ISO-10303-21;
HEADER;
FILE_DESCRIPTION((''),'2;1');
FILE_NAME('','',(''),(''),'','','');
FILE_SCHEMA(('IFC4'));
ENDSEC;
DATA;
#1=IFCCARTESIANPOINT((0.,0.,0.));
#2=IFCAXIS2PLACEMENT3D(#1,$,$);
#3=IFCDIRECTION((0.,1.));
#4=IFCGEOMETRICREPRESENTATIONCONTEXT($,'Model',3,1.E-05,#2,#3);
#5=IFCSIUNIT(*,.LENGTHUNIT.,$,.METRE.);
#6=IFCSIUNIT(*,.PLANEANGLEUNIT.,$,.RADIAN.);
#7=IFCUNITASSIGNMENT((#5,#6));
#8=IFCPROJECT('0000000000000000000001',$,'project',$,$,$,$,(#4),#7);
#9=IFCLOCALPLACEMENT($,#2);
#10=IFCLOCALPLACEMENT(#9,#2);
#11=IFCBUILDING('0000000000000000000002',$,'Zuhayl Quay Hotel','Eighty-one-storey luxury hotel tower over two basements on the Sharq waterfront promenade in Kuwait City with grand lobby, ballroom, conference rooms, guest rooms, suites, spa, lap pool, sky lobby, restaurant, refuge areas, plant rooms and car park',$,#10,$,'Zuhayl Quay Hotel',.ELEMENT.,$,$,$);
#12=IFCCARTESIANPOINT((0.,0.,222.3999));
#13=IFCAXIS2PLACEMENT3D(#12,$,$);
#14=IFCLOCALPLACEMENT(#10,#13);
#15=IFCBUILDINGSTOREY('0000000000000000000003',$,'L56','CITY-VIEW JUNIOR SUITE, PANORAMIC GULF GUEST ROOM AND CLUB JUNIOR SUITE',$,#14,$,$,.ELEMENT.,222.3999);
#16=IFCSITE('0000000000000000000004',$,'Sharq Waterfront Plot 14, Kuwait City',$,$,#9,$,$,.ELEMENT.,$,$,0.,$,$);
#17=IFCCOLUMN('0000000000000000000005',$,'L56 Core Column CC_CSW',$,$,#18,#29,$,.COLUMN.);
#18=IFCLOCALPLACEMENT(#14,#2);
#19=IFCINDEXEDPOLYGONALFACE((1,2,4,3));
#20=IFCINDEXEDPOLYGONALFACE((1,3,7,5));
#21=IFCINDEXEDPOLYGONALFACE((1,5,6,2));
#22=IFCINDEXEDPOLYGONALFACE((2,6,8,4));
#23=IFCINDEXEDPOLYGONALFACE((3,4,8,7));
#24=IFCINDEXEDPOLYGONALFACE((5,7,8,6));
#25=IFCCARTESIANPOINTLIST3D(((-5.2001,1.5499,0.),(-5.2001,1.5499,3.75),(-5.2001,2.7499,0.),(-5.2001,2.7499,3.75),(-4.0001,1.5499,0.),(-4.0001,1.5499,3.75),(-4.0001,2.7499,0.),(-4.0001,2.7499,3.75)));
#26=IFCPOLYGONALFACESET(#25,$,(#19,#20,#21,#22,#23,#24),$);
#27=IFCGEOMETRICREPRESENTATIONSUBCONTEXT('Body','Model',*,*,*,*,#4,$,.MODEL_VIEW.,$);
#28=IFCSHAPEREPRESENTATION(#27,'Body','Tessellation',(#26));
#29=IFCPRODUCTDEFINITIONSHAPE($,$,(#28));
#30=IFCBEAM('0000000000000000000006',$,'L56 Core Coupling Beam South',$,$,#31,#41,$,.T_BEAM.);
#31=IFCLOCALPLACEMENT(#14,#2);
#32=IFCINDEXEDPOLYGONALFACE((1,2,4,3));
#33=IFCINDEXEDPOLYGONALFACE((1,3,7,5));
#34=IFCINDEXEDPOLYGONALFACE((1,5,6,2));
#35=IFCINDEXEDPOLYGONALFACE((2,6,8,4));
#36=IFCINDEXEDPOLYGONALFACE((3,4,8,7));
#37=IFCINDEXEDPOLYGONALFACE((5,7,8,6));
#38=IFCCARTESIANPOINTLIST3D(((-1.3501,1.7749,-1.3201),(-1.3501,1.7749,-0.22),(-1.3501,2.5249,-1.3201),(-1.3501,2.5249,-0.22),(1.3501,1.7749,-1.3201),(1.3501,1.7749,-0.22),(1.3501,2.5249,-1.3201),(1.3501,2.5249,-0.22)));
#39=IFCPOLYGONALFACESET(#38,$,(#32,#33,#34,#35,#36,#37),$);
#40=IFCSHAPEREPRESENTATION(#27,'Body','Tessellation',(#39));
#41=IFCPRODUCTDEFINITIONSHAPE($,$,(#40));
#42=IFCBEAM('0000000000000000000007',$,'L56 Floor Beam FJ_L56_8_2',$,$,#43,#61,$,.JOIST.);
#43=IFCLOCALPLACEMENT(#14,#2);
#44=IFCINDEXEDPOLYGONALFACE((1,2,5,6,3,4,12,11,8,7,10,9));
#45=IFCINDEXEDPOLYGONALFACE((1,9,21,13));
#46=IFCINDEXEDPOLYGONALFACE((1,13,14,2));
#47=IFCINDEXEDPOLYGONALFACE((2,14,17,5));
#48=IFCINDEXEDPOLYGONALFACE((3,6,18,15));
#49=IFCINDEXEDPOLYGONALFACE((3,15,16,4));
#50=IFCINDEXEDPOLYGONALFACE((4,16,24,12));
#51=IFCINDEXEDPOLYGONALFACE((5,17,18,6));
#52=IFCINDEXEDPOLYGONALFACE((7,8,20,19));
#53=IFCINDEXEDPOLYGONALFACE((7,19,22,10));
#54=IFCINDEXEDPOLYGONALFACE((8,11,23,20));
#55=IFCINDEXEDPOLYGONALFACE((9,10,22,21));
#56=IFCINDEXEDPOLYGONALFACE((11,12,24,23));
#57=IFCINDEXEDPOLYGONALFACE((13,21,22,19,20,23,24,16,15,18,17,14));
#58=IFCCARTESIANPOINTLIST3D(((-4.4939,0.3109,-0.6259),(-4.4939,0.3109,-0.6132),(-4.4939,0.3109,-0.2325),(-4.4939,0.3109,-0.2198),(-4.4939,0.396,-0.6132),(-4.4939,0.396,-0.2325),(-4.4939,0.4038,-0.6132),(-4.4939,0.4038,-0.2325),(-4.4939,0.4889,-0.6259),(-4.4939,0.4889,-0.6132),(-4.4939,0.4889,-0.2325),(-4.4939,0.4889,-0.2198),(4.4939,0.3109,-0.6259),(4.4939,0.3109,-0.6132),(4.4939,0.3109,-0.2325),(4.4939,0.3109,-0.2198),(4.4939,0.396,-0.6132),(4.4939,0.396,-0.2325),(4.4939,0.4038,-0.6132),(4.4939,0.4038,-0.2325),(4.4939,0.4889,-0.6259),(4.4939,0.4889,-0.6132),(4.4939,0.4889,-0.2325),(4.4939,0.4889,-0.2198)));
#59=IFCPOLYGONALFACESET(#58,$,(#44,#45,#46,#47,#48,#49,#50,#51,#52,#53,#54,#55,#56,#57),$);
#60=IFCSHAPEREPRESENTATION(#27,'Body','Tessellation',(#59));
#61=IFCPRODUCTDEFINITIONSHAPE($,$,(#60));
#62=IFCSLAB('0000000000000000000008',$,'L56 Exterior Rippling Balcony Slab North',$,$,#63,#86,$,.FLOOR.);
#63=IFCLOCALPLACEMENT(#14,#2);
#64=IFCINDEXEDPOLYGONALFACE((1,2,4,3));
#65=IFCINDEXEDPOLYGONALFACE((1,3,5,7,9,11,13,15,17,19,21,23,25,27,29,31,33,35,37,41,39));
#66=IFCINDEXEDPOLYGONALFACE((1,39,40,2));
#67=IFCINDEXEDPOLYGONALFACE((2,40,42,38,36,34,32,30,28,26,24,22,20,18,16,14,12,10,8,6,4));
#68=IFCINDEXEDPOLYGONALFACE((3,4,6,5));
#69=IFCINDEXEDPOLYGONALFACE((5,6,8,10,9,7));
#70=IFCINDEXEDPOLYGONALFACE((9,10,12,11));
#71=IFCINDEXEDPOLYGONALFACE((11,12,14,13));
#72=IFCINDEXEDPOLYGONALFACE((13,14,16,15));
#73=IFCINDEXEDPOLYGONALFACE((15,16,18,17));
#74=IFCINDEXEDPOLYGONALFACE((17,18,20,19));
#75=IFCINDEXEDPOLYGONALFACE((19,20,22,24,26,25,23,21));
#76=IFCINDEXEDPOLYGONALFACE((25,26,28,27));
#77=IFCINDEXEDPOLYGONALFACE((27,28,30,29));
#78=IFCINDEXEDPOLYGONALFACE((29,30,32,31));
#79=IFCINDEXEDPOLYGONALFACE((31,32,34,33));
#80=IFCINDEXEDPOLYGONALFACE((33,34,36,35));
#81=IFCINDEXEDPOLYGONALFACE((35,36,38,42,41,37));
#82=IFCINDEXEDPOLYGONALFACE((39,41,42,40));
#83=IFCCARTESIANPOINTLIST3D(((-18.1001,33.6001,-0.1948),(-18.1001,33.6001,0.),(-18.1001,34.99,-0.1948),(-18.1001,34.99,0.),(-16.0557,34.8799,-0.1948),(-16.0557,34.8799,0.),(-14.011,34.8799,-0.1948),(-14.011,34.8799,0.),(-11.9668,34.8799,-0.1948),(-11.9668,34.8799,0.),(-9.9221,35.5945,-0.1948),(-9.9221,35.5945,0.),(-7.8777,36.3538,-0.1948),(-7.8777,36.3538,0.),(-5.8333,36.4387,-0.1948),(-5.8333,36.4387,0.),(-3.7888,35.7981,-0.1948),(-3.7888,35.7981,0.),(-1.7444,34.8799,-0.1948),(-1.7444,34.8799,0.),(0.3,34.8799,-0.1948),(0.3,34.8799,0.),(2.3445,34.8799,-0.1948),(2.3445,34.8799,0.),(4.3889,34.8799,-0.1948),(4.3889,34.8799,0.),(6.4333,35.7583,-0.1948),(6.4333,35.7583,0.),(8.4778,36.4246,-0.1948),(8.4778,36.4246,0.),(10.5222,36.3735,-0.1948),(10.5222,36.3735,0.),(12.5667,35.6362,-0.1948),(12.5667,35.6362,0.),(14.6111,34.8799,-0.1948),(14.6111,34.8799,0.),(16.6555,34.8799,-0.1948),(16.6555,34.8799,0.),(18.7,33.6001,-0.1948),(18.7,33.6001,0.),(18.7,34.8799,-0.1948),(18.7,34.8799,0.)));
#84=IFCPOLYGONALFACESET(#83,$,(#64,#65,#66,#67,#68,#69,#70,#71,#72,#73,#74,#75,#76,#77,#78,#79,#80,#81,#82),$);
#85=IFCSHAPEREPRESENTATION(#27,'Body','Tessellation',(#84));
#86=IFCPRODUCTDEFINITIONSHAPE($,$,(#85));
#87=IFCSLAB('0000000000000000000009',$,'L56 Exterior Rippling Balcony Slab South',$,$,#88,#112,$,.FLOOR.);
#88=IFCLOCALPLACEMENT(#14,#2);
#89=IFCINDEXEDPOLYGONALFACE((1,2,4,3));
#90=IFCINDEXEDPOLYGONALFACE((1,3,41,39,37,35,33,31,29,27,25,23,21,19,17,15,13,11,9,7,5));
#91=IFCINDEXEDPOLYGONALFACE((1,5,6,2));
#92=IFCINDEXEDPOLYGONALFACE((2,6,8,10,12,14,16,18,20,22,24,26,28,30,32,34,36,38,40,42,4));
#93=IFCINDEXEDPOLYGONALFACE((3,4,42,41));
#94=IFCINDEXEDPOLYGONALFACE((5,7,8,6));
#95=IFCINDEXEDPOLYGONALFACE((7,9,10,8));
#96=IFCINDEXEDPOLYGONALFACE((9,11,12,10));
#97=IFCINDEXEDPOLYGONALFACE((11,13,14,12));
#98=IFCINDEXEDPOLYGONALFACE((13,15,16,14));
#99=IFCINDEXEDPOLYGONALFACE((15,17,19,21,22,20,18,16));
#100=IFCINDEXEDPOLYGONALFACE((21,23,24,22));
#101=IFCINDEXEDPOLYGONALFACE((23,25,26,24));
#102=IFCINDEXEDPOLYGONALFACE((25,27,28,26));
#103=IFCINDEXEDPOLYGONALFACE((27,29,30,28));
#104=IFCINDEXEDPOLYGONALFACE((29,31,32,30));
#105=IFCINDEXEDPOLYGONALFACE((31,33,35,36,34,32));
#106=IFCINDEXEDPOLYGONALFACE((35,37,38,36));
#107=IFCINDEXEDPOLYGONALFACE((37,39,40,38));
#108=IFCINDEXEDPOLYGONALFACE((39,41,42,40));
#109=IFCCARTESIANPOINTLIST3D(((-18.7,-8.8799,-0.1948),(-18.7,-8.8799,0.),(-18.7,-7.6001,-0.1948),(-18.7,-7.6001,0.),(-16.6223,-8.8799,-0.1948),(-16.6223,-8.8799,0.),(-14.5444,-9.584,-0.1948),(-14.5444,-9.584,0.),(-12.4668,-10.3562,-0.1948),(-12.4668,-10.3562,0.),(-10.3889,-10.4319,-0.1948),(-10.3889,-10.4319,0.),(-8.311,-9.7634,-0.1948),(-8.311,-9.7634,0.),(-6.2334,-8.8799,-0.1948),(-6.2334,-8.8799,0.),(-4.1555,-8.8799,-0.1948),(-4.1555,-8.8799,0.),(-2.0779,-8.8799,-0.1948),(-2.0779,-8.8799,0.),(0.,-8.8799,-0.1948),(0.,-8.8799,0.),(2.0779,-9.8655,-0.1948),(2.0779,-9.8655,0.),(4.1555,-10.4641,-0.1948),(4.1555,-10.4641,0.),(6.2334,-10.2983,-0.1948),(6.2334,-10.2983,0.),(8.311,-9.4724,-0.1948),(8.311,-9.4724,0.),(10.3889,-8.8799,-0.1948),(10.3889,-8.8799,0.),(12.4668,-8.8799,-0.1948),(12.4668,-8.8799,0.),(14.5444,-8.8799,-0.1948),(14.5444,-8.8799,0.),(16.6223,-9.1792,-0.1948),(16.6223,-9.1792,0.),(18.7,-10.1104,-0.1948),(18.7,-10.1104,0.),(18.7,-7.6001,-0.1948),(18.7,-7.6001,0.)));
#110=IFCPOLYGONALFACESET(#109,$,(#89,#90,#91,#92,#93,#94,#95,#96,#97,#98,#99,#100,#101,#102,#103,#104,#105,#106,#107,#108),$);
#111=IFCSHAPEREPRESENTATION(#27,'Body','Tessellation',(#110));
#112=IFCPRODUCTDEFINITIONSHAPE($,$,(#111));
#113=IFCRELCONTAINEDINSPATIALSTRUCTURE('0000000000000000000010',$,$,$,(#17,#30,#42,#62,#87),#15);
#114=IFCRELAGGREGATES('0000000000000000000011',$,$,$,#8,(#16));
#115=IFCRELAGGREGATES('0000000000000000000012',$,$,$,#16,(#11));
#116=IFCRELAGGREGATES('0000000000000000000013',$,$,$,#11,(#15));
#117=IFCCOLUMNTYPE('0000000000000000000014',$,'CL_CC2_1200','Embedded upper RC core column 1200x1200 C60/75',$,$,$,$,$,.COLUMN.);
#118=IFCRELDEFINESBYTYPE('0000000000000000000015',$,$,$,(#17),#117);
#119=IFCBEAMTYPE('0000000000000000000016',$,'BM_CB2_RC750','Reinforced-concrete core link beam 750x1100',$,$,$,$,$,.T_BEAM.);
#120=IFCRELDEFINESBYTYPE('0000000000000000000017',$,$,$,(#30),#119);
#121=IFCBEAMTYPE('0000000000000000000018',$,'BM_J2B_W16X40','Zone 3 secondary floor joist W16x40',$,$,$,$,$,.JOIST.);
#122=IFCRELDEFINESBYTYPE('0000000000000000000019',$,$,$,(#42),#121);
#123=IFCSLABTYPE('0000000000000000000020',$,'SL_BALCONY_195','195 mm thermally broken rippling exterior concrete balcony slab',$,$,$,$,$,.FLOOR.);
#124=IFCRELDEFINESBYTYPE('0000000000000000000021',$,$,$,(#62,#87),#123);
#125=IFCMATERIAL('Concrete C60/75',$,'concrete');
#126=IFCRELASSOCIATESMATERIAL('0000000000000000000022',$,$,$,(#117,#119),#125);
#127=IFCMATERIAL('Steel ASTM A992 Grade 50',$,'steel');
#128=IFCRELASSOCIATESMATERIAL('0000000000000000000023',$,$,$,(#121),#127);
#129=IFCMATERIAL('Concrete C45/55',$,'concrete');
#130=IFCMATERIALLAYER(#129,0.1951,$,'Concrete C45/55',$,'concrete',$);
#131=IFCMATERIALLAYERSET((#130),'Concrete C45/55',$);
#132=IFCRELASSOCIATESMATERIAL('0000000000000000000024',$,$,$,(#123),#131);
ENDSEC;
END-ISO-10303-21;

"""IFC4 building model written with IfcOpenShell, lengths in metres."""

from ifc_helpers import new_model, si_unit, direction, frame, origin, origin_2d, place, context, subcontext, project, spatial, polyline, rectangle, i_section, outline, extrude, material, layer, layer_set, material_profile, profile_set, type_object, element, save


model = new_model("IFC4")

# Units and contexts
model_context = context("Model", 3, precision=1e-05, world=origin(), true_north=direction((0.0, 1.0)))
body_context = subcontext(model_context, "Body", "Model", "MODEL_VIEW")
ifc_project = project(units=[si_unit("LENGTHUNIT", "METRE"), si_unit("PLANEANGLEUNIT", "RADIAN")], contexts=[model_context])

# Site, building, storey
site_placement = place(None, origin())
site = spatial("IfcSite", under=ifc_project, at=site_placement, Name="Sharq Waterfront Plot 14, Kuwait City", CompositionType="ELEMENT", RefElevation=0.0)
building_placement = place(site_placement, origin())
building = spatial("IfcBuilding", under=site, at=building_placement, Name="Zuhayl Quay Hotel", Description="Eighty-one-storey luxury hotel tower over two basements on the Sharq waterfront promenade in Kuwait City with grand lobby, ballroom, conference rooms, guest rooms, suites, spa, lap pool, sky lobby, restaurant, refuge areas, plant rooms and car park", LongName="Zuhayl Quay Hotel", CompositionType="ELEMENT")
storey_placement = place(building_placement, frame((0.0, 0.0, 222.3999)))
storey = spatial("IfcBuildingStorey", under=building, at=storey_placement, Name="L56", Description="CITY-VIEW JUNIOR SUITE, PANORAMIC GULF GUEST ROOM AND CLUB JUNIOR SUITE", CompositionType="ELEMENT", Elevation=222.3999)

# Column
ifc_material_1 = material(Name="Concrete C60/75", Category="concrete")
ifc_material_profile_1 = material_profile(ifc_material_1, rectangle(XDim=1.2, YDim=1.2, at=origin_2d()), Name="RC1200X1200")
ifc_profile_set_1 = profile_set([ifc_material_profile_1], Name="Concrete C60/75")
column_type = type_object("IfcColumnType", Name="CL_CC2_1200", Description="Embedded upper RC core column 1200x1200 C60/75", PredefinedType="COLUMN", material=ifc_profile_set_1)
column_placement = place(storey_placement, frame((-4.6001, 2.1499, 0.0), z_axis=(0.0, 0.0, 1.0), x_axis=(1.0, 0.0, 0.0)))
element("IfcColumn", 1, at=column_placement, inside=storey, type_object=column_type, Name="L56 Core Column CC_CSW", PredefinedType="COLUMN", context=body_context, shape_type="SweptSolid", body=[
    extrude(rectangle(XDim=1.2, YDim=1.2, at=origin_2d()), origin(), (0.0, 0.0, 1.0), 3.75),
])

# Beams
ifc_material_profile_2 = material_profile(ifc_material_1, rectangle(XDim=0.75, YDim=1.1001, at=origin_2d()), Name="RC750X1100")
ifc_profile_set_2 = profile_set([ifc_material_profile_2], Name="Concrete C60/75")
beam_type_1 = type_object("IfcBeamType", Name="BM_CB2_RC750", Description="Reinforced-concrete core link beam 750x1100", PredefinedType="T_BEAM", material=ifc_profile_set_2)
beam_1_placement = place(storey_placement, frame((-1.3501, 2.1499, -0.77), z_axis=(1.0, 0.0, 0.0), x_axis=(0.0, 1.0, 0.0)))
element("IfcBeam", 2, at=beam_1_placement, inside=storey, type_object=beam_type_1, Name="L56 Core Coupling Beam South", PredefinedType="T_BEAM", context=body_context, shape_type="SweptSolid", body=[
    extrude(rectangle(XDim=0.75, YDim=1.1001, at=origin_2d()), origin(), (0.0, 0.0, 1.0), 2.7002),
])
ifc_material_2 = material(Name="Steel ASTM A992 Grade 50", Category="steel")
ifc_material_profile_3 = material_profile(ifc_material_2, i_section(OverallWidth=0.178, OverallDepth=0.406, WebThickness=0.0078, FlangeThickness=0.0127, at=origin_2d()), Name="W16X40")
ifc_profile_set_3 = profile_set([ifc_material_profile_3], Name="Steel ASTM A992 Grade 50")
beam_type_2 = type_object("IfcBeamType", Name="BM_J2B_W16X40", Description="Zone 3 secondary floor joist W16x40", PredefinedType="JOIST", material=ifc_profile_set_3)
beam_2_placement = place(storey_placement, frame((-4.4939, 0.3999, -0.4229), z_axis=(1.0, 0.0, 0.0), x_axis=(0.0, 1.0, 0.0)))
element("IfcBeam", 3, at=beam_2_placement, inside=storey, type_object=beam_type_2, Name="L56 Floor Beam FJ_L56_8_2", PredefinedType="JOIST", context=body_context, shape_type="SweptSolid", body=[
    extrude(i_section(OverallWidth=0.178, OverallDepth=0.406, WebThickness=0.0078, FlangeThickness=0.0127, at=origin_2d()), origin(), (0.0, 0.0, 1.0), 8.9878),
])

# Slabs
ifc_material_3 = material(Name="Concrete C45/55", Category="concrete")
ifc_layer_1 = layer(ifc_material_3, 0.1951, Name="Concrete C45/55", Category="concrete")
ifc_layer_set_1 = layer_set([ifc_layer_1], Name="Concrete C45/55")
slab_type_1 = type_object("IfcSlabType", Name="SL_BALCONY_195", Description="195 mm thermally broken rippling exterior concrete balcony slab", PredefinedType="FLOOR", material=ifc_layer_set_1)
slab_1_placement = place(storey_placement, frame((0.0, 0.0, -0.1948)))
element("IfcSlab", 4, at=slab_1_placement, inside=storey, type_object=slab_type_1, Name="L56 Exterior Rippling Balcony Slab North", PredefinedType="FLOOR", context=body_context, shape_type="SweptSolid", body=[
    extrude(outline(polyline([(-18.1001, 33.6001), (18.7, 33.6001), (18.7, 34.8799), (16.6555, 34.8799), (14.6111, 34.8799), (12.5667, 35.6362), (10.5222, 36.3735), (8.4778, 36.4246), (6.4333, 35.7583), (4.3889, 34.8799), (2.3445, 34.8799), (0.3, 34.8799), (-1.7444, 34.8799), (-3.7888, 35.7981), (-5.8333, 36.4387), (-7.8777, 36.3538), (-9.9221, 35.5945), (-11.9668, 34.8799), (-14.011, 34.8799), (-16.0557, 34.8799), (-18.1001, 34.99), (-18.1001, 33.6001)])), origin(), (0.0, 0.0, 1.0), 0.1948),
])
slab_2_placement = place(storey_placement, frame((0.0, 0.0, -0.1948)))
element("IfcSlab", 5, at=slab_2_placement, inside=storey, type_object=slab_type_1, Name="L56 Exterior Rippling Balcony Slab South", PredefinedType="FLOOR", context=body_context, shape_type="SweptSolid", body=[
    extrude(outline(polyline([(-18.7, -8.8799), (-16.6223, -8.8799), (-14.5444, -9.584), (-12.4668, -10.3562), (-10.3889, -10.4319), (-8.311, -9.7634), (-6.2334, -8.8799), (-4.1555, -8.8799), (-2.0779, -8.8799), (0.0, -8.8799), (2.0779, -9.8655), (4.1555, -10.4641), (6.2334, -10.2983), (8.311, -9.4724), (10.3889, -8.8799), (12.4668, -8.8799), (14.5444, -8.8799), (16.6223, -9.1792), (18.7, -10.1104), (18.7, -7.6001), (-18.7, -7.6001), (-18.7, -8.8799)])), origin(), (0.0, 0.0, 1.0), 0.1948),
])

save(model, "model.ifc")
